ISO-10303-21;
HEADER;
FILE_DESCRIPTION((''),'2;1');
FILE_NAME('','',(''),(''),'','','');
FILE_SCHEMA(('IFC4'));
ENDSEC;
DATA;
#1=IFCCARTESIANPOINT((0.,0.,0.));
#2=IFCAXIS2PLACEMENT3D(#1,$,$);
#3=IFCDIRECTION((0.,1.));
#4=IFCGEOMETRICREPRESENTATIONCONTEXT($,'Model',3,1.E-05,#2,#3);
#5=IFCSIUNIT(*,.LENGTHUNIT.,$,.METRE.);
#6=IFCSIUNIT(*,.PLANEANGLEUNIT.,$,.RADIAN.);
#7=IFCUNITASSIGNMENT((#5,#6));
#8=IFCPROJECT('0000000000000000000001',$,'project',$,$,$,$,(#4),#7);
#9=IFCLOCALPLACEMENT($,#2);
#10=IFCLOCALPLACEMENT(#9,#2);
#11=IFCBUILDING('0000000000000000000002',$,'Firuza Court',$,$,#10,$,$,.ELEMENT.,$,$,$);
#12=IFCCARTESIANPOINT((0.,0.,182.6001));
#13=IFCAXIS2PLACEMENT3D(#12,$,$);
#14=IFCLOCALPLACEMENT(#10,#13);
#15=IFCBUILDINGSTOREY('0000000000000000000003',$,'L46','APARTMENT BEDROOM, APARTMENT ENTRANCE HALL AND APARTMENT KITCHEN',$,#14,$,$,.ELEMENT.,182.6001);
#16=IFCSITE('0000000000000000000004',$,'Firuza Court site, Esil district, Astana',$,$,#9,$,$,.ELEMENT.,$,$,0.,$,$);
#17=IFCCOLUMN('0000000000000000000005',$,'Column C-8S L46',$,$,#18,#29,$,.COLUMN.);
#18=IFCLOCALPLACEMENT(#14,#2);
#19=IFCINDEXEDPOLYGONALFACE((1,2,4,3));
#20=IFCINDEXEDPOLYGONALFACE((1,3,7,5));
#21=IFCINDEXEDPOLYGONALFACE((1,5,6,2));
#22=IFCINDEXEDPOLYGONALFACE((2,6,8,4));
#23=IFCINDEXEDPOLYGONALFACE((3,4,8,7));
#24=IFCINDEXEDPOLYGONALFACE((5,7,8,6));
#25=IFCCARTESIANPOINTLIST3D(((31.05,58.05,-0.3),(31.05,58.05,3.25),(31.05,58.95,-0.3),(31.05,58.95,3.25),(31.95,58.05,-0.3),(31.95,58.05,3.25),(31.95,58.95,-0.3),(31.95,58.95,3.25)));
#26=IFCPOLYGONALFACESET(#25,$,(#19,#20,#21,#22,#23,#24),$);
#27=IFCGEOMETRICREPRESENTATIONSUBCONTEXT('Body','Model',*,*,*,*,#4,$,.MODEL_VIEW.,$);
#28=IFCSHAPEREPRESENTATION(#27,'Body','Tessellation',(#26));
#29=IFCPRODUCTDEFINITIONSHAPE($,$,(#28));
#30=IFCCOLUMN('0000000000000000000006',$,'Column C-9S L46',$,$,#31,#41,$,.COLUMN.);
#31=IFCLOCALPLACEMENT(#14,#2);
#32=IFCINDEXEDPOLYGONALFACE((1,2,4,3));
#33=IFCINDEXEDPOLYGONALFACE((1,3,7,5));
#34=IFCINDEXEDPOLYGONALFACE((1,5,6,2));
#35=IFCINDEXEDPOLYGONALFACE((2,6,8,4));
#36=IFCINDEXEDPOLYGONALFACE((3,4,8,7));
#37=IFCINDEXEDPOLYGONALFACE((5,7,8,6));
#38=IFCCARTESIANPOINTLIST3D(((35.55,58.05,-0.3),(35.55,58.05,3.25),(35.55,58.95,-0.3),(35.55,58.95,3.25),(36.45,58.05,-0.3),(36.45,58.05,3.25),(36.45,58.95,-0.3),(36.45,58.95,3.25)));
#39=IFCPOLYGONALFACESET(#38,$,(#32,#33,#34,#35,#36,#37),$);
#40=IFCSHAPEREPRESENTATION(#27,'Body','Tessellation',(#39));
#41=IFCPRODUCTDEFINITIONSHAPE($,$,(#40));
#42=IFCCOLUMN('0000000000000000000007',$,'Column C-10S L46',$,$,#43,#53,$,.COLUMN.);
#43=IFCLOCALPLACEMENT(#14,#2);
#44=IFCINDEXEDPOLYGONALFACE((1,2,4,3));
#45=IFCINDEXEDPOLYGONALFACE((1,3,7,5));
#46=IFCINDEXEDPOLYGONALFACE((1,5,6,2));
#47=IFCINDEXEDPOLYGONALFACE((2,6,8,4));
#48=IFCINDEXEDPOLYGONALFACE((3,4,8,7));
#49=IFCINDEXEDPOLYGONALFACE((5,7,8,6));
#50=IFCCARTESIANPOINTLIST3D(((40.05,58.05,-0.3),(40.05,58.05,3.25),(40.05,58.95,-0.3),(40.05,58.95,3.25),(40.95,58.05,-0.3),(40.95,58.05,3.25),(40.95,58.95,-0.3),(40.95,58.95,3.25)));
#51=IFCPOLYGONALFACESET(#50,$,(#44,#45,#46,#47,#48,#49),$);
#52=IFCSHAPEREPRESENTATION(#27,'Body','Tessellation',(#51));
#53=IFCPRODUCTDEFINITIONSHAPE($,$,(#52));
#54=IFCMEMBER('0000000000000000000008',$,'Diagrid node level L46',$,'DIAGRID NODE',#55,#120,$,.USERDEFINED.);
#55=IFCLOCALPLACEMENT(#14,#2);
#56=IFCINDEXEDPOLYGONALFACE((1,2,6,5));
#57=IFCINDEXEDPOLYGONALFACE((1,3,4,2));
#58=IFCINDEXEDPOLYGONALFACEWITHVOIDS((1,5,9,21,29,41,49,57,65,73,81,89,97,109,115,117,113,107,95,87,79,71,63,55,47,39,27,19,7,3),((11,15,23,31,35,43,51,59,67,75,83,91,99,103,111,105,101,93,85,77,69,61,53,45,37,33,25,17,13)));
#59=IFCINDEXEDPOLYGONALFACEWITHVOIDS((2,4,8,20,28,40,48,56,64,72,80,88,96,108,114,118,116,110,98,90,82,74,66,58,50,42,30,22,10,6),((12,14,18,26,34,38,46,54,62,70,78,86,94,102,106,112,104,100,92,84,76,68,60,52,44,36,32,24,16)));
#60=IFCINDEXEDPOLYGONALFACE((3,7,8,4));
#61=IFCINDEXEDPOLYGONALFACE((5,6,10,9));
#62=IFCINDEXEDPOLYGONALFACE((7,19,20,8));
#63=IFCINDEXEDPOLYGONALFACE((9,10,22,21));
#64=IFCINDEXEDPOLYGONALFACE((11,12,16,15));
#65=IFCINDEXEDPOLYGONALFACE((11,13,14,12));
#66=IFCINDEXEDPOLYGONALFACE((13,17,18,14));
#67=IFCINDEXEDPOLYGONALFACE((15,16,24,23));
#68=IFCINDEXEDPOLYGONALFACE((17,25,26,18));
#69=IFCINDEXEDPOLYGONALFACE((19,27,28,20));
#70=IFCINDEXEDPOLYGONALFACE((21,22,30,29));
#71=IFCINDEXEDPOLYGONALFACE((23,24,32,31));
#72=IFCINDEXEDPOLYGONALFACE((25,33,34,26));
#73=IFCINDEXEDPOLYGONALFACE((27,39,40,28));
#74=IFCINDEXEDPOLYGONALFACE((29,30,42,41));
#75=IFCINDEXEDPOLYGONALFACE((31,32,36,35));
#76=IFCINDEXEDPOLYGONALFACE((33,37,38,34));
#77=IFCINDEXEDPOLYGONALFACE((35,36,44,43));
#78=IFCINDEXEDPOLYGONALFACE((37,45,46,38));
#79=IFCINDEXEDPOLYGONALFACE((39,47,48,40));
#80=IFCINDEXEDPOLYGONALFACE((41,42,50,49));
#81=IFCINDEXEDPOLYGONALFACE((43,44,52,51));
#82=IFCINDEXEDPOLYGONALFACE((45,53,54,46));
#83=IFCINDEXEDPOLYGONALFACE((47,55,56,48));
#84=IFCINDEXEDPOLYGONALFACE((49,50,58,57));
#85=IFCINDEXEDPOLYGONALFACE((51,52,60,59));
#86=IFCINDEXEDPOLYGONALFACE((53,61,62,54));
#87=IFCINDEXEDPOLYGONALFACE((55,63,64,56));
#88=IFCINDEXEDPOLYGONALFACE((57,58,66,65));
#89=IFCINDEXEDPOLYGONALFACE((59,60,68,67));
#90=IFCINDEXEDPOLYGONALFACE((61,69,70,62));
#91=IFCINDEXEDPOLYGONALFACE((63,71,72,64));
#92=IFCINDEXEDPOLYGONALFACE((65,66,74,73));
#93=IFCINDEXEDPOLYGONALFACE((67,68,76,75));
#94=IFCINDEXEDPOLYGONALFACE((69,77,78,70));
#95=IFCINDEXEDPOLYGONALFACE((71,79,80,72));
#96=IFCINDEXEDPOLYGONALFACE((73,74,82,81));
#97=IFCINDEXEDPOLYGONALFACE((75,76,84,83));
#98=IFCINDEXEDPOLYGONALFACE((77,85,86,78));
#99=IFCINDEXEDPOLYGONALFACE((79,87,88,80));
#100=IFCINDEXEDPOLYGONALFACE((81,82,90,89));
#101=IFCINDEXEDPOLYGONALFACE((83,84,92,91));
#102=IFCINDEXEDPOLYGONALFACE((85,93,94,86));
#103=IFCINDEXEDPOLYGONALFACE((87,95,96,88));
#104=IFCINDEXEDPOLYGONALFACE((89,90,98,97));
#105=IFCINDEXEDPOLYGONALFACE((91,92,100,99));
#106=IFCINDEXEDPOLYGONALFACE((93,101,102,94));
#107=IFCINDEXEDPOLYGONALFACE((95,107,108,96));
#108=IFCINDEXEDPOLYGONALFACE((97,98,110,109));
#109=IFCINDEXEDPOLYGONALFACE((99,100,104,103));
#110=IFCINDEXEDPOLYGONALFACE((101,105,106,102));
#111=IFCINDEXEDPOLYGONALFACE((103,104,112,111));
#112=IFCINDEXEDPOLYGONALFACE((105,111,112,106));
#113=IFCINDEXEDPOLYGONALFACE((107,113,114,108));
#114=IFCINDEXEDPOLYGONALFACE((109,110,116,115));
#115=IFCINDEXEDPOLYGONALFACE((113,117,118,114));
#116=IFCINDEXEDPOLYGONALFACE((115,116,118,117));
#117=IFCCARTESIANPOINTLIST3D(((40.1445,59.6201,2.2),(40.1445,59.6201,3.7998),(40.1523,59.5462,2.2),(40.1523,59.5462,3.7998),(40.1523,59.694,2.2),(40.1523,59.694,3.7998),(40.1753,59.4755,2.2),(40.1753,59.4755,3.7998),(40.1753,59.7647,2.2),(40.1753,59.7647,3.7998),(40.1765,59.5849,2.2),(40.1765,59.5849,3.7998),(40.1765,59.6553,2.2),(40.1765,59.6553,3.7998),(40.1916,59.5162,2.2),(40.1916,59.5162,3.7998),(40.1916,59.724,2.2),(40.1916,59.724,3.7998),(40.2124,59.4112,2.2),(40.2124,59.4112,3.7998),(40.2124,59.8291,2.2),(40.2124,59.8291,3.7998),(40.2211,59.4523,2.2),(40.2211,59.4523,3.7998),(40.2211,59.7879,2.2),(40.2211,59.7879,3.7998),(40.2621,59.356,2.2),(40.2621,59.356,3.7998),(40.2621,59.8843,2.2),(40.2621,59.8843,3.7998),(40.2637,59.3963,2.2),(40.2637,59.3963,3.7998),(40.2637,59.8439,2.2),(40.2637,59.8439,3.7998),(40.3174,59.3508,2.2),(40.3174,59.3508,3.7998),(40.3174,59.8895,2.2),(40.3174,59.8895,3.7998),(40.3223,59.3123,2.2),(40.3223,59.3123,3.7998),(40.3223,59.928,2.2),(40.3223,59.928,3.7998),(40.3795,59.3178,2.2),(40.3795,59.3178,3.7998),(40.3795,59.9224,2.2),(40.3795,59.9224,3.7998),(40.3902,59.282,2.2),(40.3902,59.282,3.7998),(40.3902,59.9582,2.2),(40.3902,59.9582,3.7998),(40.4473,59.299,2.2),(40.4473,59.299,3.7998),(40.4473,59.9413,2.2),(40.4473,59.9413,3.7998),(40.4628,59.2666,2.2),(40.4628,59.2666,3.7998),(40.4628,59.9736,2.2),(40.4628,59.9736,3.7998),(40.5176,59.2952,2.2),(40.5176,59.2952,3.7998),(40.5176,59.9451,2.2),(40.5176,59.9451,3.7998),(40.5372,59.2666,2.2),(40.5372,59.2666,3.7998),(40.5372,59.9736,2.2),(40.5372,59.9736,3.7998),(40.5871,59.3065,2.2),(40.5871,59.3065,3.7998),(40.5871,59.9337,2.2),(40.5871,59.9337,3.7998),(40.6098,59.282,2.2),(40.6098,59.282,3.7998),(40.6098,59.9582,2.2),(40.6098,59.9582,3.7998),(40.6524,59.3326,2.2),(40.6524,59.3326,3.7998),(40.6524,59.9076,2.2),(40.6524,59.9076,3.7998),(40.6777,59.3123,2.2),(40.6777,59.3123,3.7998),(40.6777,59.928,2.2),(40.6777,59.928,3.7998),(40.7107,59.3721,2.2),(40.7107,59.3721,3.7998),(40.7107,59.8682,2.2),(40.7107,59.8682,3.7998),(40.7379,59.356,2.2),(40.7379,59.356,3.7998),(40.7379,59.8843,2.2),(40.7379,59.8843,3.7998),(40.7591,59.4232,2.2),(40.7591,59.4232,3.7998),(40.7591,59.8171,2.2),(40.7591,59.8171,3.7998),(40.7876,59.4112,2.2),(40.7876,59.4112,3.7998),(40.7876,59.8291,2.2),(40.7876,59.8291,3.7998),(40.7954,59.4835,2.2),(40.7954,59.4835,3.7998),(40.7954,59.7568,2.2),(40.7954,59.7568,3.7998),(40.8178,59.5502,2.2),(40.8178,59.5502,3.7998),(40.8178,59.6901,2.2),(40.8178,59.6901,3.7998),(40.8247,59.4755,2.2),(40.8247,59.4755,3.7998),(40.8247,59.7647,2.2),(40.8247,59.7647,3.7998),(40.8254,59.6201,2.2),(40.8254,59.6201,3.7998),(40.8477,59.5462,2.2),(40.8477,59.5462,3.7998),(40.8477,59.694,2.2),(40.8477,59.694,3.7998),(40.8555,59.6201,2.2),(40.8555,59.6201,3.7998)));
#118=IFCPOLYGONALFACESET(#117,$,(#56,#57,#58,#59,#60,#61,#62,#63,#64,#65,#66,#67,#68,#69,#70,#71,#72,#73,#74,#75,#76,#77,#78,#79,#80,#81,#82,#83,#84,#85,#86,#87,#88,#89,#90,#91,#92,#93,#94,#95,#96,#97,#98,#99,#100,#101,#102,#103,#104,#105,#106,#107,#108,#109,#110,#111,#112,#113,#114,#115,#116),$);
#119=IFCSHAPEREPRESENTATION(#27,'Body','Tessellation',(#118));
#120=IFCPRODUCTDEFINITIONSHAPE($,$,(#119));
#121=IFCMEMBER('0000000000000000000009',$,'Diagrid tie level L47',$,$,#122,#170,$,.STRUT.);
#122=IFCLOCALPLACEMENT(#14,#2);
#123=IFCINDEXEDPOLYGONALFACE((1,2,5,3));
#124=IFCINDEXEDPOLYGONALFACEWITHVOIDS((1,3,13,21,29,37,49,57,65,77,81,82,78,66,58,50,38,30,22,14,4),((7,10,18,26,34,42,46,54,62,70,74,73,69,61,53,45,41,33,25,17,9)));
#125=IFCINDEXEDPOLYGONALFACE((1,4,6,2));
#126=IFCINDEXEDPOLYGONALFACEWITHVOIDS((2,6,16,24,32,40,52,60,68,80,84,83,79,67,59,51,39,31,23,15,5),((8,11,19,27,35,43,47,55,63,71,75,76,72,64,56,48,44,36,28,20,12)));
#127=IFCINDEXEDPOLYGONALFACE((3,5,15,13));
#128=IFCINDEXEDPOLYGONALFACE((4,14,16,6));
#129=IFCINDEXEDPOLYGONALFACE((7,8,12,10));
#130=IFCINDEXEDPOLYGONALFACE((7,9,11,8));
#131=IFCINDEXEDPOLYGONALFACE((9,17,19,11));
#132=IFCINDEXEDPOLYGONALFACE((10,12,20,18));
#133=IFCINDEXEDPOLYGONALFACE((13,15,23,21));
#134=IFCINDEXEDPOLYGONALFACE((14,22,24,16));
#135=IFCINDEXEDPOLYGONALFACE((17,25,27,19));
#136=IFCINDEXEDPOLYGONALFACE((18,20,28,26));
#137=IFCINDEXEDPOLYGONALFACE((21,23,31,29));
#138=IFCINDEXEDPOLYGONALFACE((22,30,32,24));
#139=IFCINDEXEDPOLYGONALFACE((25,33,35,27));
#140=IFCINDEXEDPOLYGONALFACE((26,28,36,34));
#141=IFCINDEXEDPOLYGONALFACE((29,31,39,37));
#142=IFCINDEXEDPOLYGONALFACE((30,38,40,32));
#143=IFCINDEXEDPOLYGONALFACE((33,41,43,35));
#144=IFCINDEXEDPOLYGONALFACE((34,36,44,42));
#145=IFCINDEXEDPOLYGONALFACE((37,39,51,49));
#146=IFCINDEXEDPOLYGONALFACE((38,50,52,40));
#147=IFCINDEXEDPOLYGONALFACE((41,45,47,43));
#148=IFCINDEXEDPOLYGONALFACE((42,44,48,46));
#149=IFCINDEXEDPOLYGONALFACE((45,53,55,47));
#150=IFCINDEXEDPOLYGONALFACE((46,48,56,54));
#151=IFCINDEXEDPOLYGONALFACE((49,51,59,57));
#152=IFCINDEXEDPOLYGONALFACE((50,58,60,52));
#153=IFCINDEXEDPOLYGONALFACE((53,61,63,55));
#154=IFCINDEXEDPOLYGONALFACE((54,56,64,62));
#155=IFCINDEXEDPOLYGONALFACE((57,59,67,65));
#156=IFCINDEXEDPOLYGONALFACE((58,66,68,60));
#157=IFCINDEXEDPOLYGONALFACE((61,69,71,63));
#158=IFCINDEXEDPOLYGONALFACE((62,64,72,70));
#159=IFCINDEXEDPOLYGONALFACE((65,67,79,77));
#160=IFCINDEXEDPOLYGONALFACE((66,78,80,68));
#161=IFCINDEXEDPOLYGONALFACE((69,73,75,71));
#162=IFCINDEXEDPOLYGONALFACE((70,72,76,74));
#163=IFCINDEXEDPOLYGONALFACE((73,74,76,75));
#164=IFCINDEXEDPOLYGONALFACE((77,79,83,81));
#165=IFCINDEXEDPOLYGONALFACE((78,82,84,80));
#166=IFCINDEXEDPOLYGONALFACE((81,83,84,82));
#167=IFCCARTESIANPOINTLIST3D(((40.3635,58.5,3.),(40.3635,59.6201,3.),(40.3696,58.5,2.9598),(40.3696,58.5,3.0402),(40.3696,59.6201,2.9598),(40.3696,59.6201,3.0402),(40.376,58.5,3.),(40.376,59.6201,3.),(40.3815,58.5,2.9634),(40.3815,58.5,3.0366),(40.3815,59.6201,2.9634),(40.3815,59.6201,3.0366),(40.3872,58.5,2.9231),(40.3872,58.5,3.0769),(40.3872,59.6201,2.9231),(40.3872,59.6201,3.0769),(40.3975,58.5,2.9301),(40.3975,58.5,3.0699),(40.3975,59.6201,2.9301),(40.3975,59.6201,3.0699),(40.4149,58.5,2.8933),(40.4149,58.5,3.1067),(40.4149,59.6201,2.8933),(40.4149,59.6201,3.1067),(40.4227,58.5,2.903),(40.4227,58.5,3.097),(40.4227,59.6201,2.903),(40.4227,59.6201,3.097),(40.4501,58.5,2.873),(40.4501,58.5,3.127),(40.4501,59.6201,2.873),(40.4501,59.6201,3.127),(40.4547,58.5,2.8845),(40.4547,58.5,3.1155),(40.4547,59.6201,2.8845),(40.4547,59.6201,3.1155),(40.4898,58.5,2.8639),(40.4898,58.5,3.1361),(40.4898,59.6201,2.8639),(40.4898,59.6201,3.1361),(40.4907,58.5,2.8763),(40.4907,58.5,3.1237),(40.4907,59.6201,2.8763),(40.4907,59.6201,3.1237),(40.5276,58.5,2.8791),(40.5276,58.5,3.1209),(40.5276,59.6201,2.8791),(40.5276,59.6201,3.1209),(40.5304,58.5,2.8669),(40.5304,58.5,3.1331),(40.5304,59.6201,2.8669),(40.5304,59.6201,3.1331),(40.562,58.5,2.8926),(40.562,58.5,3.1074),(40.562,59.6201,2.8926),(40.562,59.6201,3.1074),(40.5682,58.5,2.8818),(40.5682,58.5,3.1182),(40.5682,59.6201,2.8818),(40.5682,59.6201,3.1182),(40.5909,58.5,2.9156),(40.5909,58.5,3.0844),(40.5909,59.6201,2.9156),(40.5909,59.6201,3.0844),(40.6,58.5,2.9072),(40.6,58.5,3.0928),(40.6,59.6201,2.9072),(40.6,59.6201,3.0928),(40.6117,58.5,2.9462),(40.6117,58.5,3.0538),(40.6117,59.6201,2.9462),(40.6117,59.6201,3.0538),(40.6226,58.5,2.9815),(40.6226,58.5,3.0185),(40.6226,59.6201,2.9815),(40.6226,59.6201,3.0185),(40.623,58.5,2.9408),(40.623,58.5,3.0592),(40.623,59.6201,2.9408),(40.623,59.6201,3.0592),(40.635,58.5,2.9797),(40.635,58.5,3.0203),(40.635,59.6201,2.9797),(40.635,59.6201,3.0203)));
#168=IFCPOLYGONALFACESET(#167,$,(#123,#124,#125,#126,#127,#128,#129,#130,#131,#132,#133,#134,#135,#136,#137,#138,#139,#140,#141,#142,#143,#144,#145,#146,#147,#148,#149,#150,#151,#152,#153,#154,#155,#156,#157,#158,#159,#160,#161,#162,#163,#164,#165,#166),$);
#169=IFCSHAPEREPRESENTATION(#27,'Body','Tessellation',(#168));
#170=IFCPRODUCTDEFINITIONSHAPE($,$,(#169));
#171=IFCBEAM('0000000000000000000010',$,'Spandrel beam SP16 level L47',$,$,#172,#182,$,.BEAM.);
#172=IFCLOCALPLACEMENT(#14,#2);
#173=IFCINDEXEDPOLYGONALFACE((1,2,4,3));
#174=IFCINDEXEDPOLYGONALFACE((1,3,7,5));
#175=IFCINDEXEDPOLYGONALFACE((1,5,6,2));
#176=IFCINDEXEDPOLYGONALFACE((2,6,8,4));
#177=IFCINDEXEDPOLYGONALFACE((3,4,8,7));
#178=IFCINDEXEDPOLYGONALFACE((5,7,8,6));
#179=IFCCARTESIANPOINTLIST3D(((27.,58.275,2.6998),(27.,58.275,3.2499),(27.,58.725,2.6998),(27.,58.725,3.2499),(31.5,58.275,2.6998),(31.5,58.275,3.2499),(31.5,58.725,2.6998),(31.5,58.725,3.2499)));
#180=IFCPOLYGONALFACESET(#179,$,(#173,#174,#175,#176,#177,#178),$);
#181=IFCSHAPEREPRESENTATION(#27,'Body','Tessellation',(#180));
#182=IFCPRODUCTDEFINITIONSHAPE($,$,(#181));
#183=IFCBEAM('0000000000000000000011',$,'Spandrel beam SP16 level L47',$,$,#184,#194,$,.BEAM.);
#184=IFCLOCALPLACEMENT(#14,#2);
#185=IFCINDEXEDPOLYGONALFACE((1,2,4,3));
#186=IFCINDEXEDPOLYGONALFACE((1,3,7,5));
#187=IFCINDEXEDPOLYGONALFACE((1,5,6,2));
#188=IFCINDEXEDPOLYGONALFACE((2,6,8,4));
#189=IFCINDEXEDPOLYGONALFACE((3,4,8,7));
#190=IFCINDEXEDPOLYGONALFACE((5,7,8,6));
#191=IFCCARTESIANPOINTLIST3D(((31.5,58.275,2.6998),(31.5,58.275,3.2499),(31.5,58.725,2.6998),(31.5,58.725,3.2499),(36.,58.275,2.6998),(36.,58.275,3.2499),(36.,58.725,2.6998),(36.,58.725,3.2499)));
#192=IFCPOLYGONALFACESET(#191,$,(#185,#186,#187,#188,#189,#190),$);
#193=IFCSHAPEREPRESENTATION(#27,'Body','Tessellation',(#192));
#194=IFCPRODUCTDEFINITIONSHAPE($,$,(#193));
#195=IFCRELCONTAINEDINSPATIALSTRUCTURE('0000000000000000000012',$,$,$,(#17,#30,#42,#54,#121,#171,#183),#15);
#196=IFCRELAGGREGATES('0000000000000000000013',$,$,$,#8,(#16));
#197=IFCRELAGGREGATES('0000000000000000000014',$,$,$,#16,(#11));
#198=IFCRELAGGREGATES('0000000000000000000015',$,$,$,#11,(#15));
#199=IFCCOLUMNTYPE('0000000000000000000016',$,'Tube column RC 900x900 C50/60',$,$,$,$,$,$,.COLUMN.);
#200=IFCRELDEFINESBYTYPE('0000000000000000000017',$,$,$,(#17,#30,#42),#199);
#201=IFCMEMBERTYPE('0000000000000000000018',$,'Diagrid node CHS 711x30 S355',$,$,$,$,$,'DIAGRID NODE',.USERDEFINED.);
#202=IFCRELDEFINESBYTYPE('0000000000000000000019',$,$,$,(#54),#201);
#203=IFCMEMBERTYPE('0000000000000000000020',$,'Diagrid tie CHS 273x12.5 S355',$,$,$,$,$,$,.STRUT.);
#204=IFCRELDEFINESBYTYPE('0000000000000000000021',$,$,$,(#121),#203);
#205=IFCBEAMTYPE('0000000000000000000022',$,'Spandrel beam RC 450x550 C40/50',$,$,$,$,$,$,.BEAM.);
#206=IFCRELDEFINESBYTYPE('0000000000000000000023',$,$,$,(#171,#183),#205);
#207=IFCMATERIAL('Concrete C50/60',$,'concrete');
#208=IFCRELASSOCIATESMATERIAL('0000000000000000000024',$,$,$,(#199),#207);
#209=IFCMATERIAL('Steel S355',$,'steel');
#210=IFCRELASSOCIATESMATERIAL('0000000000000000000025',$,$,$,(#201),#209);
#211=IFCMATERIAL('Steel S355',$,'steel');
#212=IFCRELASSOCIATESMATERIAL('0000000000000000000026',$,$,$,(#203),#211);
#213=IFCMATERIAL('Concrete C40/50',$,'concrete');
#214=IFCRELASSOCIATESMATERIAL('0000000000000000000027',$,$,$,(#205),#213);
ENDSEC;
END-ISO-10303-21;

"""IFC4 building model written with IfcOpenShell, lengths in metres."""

from ifc_helpers import new_model, si_unit, direction, frame, origin, origin_2d, place, context, subcontext, project, spatial, rectangle, hollow_circle, extrude, material, material_profile, profile_set, type_object, element, save


model = new_model("IFC4")

# Units and contexts
model_context = context("Model", 3, precision=1e-05, world=origin(), true_north=direction((0.0, 1.0)))
body_context = subcontext(model_context, "Body", "Model", "MODEL_VIEW")
ifc_project = project(units=[si_unit("LENGTHUNIT", "METRE"), si_unit("PLANEANGLEUNIT", "RADIAN")], contexts=[model_context])

# Site, building, storey
site_placement = place(None, origin())
site = spatial("IfcSite", under=ifc_project, at=site_placement, Name="Firuza Court site, Esil district, Astana", CompositionType="ELEMENT", RefElevation=0.0)
building_placement = place(site_placement, origin())
building = spatial("IfcBuilding", under=site, at=building_placement, Name="Firuza Court", CompositionType="ELEMENT")
storey_placement = place(building_placement, frame((0.0, 0.0, 182.6001)))
storey = spatial("IfcBuildingStorey", under=building, at=storey_placement, Name="L46", Description="APARTMENT BEDROOM, APARTMENT ENTRANCE HALL AND APARTMENT KITCHEN", CompositionType="ELEMENT", Elevation=182.6001)

# Columns
ifc_material_1 = material(Name="Concrete C50/60", Category="concrete")
ifc_material_profile_1 = material_profile(ifc_material_1, rectangle(XDim=0.8999, YDim=0.8999, at=origin_2d()), Name="RC 900x900")
ifc_profile_set_1 = profile_set([ifc_material_profile_1], Name="Concrete C50/60")
column_type = type_object("IfcColumnType", Name="Tube column RC 900x900 C50/60", PredefinedType="COLUMN", material=ifc_profile_set_1)
for number, where, z_axis, x_axis, name in (
    (1, (31.5, 58.5, -0.3), (0.0, 0.0, 1.0), (1.0, 0.0, 0.0), "Column C-8S L46"),
    (2, (36.0, 58.5, -0.3), (0.0, 0.0, 1.0), (1.0, 0.0, 0.0), "Column C-9S L46"),
    (3, (40.5, 58.5, -0.3), (0.0, 0.0, 1.0), (1.0, 0.0, 0.0), "Column C-10S L46"),
):
    element("IfcColumn", number, at=place(storey_placement, frame(where, z_axis=z_axis, x_axis=x_axis)), inside=storey, type_object=column_type, Name=name, PredefinedType="COLUMN", context=body_context, shape_type="SweptSolid", body=[
        extrude(rectangle(XDim=0.8999, YDim=0.8999, at=origin_2d()), origin(), (0.0, 0.0, 1.0), 3.55),
    ])

# Members
ifc_material_2 = material(Name="Steel S355", Category="steel")
ifc_material_profile_2 = material_profile(ifc_material_2, hollow_circle(Radius=0.3555, WallThickness=0.03, at=origin_2d()), Name="CHS 711x30")
ifc_profile_set_2 = profile_set([ifc_material_profile_2], Name="Steel S355")
member_type_1 = type_object("IfcMemberType", Name="Diagrid node CHS 711x30 S355", ElementType="DIAGRID NODE", PredefinedType="USERDEFINED", material=ifc_profile_set_2)
member_1_placement = place(storey_placement, frame((40.5, 59.6201, 2.2), z_axis=(0.0, 0.0, 1.0), x_axis=(1.0, 0.0, 0.0)))
element("IfcMember", 4, at=member_1_placement, inside=storey, type_object=member_type_1, Name="Diagrid node level L46", ObjectType="DIAGRID NODE", PredefinedType="USERDEFINED", context=body_context, shape_type="SweptSolid", body=[
    extrude(hollow_circle(Radius=0.3555, WallThickness=0.03, at=origin_2d()), origin(), (0.0, 0.0, 1.0), 1.5999),
])
ifc_material_3 = material(Name="Steel S355", Category="steel")
ifc_material_profile_3 = material_profile(ifc_material_3, hollow_circle(Radius=0.1365, WallThickness=0.0125, at=origin_2d()), Name="CHS 273x12.5")
ifc_profile_set_3 = profile_set([ifc_material_profile_3], Name="Steel S355")
member_type_2 = type_object("IfcMemberType", Name="Diagrid tie CHS 273x12.5 S355", PredefinedType="STRUT", material=ifc_profile_set_3)
member_2_placement = place(storey_placement, frame((40.5, 58.5, 3.0), z_axis=(0.0, 1.0, 0.0), x_axis=(-1.0, 0.0, 0.0)))
element("IfcMember", 5, at=member_2_placement, inside=storey, type_object=member_type_2, Name="Diagrid tie level L47", PredefinedType="STRUT", context=body_context, shape_type="SweptSolid", body=[
    extrude(hollow_circle(Radius=0.1365, WallThickness=0.0125, at=origin_2d()), origin(), (0.0, 0.0, 1.0), 1.1201),
])

# Beams
ifc_material_4 = material(Name="Concrete C40/50", Category="concrete")
ifc_material_profile_4 = material_profile(ifc_material_4, rectangle(XDim=0.45, YDim=0.55, at=origin_2d()), Name="RC 450x550")
ifc_profile_set_4 = profile_set([ifc_material_profile_4], Name="Concrete C40/50")
beam_type = type_object("IfcBeamType", Name="Spandrel beam RC 450x550 C40/50", PredefinedType="BEAM", material=ifc_profile_set_4)
for number, where, z_axis, x_axis, name in (
    (6, (31.5, 58.5, 2.9749), (-1.0, 0.0, 0.0), (0.0, -1.0, 0.0), "Spandrel beam SP16 level L47"),
    (7, (36.0, 58.5, 2.9749), (-1.0, 0.0, 0.0), (0.0, -1.0, 0.0), "Spandrel beam SP16 level L47"),
):
    element("IfcBeam", number, at=place(storey_placement, frame(where, z_axis=z_axis, x_axis=x_axis)), inside=storey, type_object=beam_type, Name=name, PredefinedType="BEAM", context=body_context, shape_type="SweptSolid", body=[
        extrude(rectangle(XDim=0.45, YDim=0.55, at=origin_2d()), origin(), (0.0, 0.0, 1.0), 4.5),
    ])

save(model, "model.ifc")
